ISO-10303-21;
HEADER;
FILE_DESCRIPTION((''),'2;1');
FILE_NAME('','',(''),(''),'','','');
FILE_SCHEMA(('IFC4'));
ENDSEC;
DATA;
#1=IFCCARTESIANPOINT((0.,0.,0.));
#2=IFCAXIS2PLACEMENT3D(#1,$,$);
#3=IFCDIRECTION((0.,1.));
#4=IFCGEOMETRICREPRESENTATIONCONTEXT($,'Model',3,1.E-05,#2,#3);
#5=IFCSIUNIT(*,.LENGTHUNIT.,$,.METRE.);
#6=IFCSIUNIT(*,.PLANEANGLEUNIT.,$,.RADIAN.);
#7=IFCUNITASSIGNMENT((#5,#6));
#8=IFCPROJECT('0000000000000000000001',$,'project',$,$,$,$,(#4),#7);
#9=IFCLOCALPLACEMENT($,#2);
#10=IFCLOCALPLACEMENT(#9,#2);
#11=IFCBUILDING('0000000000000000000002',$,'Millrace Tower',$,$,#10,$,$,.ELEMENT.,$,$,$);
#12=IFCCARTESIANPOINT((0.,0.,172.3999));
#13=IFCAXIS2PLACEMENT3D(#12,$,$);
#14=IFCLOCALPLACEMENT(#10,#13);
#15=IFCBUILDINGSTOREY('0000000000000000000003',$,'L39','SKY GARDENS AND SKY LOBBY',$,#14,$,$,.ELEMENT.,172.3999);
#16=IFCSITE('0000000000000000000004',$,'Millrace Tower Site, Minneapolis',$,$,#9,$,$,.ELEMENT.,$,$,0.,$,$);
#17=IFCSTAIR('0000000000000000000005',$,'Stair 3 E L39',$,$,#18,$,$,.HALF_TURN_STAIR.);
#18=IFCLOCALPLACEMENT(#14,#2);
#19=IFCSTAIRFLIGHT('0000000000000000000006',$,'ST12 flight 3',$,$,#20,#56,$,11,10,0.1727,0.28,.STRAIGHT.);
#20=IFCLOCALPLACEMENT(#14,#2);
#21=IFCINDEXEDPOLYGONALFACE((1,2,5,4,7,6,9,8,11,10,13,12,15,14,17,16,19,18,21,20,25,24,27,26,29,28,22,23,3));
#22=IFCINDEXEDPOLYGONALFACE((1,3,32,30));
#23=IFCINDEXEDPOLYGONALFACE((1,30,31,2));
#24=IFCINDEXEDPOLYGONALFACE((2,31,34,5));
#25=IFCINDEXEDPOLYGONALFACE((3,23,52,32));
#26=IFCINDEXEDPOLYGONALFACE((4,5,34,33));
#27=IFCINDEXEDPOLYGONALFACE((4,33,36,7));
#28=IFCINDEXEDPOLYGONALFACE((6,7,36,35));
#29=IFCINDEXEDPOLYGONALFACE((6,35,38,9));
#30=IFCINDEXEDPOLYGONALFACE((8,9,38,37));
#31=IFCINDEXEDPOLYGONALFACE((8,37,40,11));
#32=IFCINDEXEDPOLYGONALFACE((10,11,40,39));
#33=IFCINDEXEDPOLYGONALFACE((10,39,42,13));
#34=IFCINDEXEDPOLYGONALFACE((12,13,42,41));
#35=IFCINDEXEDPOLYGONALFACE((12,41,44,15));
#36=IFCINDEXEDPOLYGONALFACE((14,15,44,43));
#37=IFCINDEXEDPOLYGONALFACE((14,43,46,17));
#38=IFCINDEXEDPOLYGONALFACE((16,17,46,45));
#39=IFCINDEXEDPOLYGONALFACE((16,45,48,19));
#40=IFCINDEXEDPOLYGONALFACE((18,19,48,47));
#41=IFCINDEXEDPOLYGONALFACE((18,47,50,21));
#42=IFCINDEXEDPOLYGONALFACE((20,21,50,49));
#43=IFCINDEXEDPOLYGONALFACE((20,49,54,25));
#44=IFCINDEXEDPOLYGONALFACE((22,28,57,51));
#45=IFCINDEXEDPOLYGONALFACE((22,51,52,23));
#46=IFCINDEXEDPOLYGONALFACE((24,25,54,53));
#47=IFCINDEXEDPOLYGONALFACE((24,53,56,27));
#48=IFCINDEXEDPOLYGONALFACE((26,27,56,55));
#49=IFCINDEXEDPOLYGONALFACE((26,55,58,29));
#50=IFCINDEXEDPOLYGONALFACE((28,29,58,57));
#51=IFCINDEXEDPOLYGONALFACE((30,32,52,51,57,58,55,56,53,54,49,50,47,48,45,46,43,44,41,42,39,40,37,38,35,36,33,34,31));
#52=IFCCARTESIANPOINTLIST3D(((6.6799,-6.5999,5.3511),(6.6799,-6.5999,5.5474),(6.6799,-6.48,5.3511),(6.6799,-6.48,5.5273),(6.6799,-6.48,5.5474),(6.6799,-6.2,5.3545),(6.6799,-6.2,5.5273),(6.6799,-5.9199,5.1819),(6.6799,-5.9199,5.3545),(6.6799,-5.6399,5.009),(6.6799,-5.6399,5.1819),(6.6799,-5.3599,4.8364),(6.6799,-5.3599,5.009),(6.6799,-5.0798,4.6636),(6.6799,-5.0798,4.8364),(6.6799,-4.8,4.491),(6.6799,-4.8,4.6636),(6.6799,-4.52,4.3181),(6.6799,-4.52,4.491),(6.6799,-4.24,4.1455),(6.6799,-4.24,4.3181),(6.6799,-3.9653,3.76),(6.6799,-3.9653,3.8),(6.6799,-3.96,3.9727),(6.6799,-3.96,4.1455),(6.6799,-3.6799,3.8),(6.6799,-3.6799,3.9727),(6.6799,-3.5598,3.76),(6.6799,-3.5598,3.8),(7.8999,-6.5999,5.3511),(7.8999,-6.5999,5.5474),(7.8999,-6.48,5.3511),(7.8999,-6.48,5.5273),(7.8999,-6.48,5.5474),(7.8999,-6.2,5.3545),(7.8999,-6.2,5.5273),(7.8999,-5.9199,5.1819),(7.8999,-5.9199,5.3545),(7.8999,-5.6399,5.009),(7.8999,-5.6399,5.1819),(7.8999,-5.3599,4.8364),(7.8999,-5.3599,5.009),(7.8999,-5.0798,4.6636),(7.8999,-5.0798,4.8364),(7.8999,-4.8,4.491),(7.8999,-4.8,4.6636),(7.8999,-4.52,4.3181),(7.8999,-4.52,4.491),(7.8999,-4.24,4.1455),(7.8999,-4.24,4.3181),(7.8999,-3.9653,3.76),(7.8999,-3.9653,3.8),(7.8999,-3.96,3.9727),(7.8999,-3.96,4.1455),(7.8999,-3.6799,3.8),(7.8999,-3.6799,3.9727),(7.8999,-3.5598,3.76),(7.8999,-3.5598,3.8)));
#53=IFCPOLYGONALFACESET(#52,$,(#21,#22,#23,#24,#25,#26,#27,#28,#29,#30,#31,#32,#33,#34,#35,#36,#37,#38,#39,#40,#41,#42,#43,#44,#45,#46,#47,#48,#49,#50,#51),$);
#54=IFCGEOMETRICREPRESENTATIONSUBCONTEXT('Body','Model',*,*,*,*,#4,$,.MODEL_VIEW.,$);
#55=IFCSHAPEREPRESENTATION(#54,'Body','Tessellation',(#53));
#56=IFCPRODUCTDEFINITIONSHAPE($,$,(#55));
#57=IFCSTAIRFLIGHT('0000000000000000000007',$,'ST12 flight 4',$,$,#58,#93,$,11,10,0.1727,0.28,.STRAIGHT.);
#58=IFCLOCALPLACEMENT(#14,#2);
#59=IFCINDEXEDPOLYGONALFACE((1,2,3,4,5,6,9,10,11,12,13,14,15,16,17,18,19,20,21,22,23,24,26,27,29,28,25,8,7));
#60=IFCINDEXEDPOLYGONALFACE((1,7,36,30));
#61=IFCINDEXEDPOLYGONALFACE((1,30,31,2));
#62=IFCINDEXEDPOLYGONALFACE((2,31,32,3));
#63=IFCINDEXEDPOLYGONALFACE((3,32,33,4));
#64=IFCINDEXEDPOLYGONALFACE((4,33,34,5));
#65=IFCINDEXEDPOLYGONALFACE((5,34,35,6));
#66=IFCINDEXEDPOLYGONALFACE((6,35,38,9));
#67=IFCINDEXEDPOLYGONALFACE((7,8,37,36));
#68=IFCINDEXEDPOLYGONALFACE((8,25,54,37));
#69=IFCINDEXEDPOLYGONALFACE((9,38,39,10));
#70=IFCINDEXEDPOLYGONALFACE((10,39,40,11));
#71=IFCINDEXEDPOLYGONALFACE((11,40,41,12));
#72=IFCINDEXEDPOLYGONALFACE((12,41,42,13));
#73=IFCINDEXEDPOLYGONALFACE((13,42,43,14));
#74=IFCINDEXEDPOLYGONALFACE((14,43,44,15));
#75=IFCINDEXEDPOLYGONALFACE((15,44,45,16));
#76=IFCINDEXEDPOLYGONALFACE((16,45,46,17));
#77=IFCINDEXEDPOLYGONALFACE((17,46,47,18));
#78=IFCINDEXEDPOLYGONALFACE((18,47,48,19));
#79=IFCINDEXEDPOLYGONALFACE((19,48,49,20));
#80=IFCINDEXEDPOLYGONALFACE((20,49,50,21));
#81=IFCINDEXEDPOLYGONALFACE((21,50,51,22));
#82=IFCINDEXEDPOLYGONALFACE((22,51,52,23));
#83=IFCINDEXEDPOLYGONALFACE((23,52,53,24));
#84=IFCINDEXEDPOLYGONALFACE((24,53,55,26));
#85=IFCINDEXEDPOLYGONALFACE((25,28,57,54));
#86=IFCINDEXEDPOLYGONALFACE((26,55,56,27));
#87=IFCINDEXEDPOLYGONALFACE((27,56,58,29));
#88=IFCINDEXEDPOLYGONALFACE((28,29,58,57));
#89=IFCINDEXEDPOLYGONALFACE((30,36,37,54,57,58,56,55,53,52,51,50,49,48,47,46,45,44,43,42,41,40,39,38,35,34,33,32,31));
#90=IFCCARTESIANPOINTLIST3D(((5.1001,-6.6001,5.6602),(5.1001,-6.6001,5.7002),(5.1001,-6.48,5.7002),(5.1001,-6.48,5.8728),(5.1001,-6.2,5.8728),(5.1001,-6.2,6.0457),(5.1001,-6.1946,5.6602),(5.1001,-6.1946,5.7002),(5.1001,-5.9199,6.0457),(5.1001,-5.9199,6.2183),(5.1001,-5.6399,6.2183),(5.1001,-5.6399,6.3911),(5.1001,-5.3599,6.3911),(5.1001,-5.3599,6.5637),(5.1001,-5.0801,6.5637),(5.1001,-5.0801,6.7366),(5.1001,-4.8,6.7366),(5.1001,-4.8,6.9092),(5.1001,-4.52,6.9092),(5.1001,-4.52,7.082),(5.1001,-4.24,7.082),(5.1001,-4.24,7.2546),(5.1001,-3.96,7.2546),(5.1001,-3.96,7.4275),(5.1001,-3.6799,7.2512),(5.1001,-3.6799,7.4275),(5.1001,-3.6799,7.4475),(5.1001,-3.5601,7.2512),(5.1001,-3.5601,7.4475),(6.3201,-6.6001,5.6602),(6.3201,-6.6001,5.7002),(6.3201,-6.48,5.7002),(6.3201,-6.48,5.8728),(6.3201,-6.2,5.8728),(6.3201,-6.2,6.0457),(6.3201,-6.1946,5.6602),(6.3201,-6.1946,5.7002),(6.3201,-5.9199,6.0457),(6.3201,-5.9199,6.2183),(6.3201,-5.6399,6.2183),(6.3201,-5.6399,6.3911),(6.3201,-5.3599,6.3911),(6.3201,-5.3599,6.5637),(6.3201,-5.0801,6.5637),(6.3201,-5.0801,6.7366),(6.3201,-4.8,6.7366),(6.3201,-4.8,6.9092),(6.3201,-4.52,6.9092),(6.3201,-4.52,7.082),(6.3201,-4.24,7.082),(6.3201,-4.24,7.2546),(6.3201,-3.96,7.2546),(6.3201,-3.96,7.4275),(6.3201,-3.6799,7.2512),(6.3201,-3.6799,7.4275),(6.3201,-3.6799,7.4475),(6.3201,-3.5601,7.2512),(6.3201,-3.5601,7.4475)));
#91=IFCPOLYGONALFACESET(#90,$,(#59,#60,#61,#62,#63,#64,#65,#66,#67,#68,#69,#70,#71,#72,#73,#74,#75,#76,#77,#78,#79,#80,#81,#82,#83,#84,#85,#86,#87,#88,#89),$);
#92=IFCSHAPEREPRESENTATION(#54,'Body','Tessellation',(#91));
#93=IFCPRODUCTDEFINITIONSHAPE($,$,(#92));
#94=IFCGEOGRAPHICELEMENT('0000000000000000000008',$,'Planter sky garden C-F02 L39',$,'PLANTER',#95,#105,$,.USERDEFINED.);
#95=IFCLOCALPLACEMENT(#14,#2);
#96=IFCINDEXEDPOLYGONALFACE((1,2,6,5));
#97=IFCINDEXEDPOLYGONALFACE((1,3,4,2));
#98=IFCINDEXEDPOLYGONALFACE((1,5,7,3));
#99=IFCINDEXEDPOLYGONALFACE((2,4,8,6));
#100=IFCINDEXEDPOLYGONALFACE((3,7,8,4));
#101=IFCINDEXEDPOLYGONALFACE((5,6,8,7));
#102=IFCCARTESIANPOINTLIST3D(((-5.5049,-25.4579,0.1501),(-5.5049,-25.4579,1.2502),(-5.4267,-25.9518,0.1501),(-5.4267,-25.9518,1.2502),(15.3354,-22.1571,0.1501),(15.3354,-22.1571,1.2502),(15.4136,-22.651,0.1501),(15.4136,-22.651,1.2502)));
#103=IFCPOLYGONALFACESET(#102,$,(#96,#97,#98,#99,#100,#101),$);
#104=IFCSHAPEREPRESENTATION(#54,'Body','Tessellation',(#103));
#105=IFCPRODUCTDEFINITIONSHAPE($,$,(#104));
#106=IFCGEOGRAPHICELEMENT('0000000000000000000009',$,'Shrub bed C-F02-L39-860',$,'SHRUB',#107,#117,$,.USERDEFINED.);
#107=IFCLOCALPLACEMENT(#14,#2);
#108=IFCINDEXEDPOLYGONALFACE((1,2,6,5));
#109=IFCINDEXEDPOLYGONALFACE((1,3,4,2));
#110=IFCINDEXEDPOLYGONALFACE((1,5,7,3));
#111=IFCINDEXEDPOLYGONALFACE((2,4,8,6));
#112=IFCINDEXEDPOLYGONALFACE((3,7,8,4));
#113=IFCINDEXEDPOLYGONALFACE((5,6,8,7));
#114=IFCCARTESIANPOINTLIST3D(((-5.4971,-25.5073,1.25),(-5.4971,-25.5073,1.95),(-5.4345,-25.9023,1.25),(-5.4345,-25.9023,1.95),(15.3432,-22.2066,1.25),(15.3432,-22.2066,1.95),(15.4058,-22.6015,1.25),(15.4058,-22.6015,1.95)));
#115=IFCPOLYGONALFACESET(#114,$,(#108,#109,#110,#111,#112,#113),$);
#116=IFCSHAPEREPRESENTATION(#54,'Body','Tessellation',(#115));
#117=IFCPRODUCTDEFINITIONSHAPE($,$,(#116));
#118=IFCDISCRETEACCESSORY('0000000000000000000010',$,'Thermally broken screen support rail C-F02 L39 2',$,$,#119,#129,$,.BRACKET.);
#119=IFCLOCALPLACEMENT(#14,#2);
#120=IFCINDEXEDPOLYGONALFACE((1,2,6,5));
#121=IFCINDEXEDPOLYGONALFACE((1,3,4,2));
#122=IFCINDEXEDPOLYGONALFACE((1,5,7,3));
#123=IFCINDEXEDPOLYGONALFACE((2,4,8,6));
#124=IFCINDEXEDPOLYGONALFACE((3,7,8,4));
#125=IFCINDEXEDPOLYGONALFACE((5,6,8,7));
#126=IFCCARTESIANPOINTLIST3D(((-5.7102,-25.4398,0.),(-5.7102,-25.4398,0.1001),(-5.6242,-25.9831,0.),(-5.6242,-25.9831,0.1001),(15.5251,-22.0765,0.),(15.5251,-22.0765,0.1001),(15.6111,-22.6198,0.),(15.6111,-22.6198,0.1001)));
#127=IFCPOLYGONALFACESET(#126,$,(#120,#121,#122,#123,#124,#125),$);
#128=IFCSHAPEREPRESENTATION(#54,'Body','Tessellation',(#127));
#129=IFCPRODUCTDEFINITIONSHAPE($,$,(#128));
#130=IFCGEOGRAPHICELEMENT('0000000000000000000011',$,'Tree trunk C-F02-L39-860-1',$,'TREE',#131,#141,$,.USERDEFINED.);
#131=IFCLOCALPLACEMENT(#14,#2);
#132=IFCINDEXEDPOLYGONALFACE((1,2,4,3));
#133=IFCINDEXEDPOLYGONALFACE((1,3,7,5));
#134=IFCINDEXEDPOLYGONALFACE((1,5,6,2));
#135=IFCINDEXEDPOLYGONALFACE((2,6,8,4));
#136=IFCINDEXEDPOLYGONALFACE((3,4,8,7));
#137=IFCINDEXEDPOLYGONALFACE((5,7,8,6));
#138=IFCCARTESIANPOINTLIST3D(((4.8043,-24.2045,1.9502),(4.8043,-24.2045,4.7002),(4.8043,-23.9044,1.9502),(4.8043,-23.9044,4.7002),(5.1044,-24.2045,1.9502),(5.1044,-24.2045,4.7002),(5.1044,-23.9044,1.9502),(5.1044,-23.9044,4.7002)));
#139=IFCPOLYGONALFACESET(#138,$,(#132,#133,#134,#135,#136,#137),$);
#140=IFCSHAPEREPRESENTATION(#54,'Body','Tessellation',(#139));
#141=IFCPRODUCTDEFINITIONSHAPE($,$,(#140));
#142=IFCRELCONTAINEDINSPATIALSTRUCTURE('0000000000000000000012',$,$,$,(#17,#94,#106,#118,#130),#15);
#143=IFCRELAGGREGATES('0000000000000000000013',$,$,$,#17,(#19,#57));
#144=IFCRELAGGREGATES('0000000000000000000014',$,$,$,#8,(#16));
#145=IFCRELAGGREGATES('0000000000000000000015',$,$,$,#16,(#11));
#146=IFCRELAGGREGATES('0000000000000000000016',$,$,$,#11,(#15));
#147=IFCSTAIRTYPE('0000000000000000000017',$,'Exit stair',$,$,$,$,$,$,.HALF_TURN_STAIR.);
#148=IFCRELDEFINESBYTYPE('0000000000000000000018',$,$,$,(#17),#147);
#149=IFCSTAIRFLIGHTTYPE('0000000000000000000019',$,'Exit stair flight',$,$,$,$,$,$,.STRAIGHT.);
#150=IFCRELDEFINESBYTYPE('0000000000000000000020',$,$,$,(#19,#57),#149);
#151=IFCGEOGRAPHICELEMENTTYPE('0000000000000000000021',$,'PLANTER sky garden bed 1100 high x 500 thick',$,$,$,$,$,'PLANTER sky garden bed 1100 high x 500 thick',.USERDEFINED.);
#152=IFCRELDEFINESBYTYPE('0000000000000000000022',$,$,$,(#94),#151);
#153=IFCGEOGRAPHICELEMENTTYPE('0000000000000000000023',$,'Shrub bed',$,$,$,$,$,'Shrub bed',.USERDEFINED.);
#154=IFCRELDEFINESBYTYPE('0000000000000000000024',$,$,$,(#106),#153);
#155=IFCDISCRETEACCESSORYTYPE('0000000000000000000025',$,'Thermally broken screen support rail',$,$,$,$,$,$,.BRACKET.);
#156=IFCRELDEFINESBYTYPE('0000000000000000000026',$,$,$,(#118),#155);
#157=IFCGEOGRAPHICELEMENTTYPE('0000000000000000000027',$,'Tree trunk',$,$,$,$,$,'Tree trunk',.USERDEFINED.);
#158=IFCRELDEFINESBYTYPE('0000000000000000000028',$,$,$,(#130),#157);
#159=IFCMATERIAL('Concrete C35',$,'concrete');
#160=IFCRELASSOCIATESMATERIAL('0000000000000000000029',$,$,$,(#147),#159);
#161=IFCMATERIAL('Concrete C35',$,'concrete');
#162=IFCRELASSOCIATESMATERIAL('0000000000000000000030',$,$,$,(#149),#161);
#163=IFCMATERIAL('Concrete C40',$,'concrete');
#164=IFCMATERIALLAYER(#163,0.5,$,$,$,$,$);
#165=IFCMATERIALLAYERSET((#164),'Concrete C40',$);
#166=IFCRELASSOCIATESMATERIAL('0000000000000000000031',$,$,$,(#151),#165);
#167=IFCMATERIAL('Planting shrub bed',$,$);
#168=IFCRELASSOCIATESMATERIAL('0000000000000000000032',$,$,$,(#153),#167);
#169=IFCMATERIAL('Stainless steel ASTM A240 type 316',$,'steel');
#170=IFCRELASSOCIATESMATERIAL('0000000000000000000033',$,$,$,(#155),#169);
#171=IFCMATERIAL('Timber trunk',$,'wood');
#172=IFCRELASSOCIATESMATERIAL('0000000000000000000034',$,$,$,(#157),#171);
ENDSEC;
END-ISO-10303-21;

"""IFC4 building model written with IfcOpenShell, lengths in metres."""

from ifc_helpers import new_model, si_unit, direction, frame, origin, origin_2d, place, context, subcontext, project, spatial, polyline, rectangle, outline, extrude, material, layer, layer_set, type_object, element, aggregate, save


model = new_model("IFC4")

# Units and contexts
model_context = context("Model", 3, precision=1e-05, world=origin(), true_north=direction((0.0, 1.0)))
body_context = subcontext(model_context, "Body", "Model", "MODEL_VIEW")
ifc_project = project(units=[si_unit("LENGTHUNIT", "METRE"), si_unit("PLANEANGLEUNIT", "RADIAN")], contexts=[model_context])

# Site, building, storey
site_placement = place(None, origin())
site = spatial("IfcSite", under=ifc_project, at=site_placement, Name="Millrace Tower Site, Minneapolis", CompositionType="ELEMENT", RefElevation=0.0)
building_placement = place(site_placement, origin())
building = spatial("IfcBuilding", under=site, at=building_placement, Name="Millrace Tower", CompositionType="ELEMENT")
storey_placement = place(building_placement, frame((0.0, 0.0, 172.3999)))
storey = spatial("IfcBuildingStorey", under=building, at=storey_placement, Name="L39", Description="SKY GARDENS AND SKY LOBBY", CompositionType="ELEMENT", Elevation=172.3999)

# Shared definitions
placement = place(storey_placement, origin())

# Stair, stair flights
ifc_material_1 = material(Name="Concrete C35", Category="concrete")
stair_type = type_object("IfcStairType", Name="Exit stair", PredefinedType="HALF_TURN_STAIR", material=ifc_material_1)
ifc_material_2 = material(Name="Concrete C35", Category="concrete")
stair_flight_type = type_object("IfcStairFlightType", Name="Exit stair flight", PredefinedType="STRAIGHT", material=ifc_material_2)
stair_1 = element("IfcStair", 1, at=placement, inside=storey, type_object=stair_type, Name="Stair 3 E L39", PredefinedType="HALF_TURN_STAIR")
stair_flight_1_placement = place(storey_placement, frame((7.29, -3.6799, 3.8), z_axis=(0.0, 0.0, 1.0), x_axis=(0.0, -1.0, 0.0)))
stair_flight_1 = element("IfcStairFlight", 2, at=stair_flight_1_placement, type_object=stair_flight_type, Name="ST12 flight 3", NumberOfRisers=11, NumberOfTreads=10, PredefinedType="STRAIGHT", RiserHeight=0.1727, TreadLength=0.28, context=body_context, shape_type="SweptSolid", body=[
    extrude(outline(polyline([(-0.1201, -0.04), (-0.1201, 0.0), (0.0, 0.0), (0.0, 0.1726), (0.28, 0.1726), (0.28, 0.3455), (0.5601, 0.3455), (0.5601, 0.5181), (0.8401, 0.5181), (0.8401, 0.6909), (1.1201, 0.6909), (1.1201, 0.8635), (1.3999, 0.8635), (1.3999, 1.0364), (1.6799, 1.0364), (1.6799, 1.209), (1.96, 1.209), (1.96, 1.3818), (2.24, 1.3818), (2.24, 1.5544), (2.52, 1.5544), (2.52, 1.7273), (2.8, 1.7273), (2.8, 1.7473), (2.9199, 1.7473), (2.9199, 1.551), (2.8, 1.551), (0.2854, 0.0), (0.2854, -0.04), (-0.1201, -0.04)])), frame((0.0, 0.6099, 0.0), z_axis=(0.0, -1.0, 0.0), x_axis=(1.0, 0.0, 0.0)), (0.0, 0.0, 1.0), 1.22),
])
stair_flight_2_placement = place(storey_placement, frame((5.71, -6.48, 5.7002), z_axis=(0.0, 0.0, 1.0), x_axis=(0.0, 1.0, 0.0)))
stair_flight_2 = element("IfcStairFlight", 3, at=stair_flight_2_placement, type_object=stair_flight_type, Name="ST12 flight 4", NumberOfRisers=11, NumberOfTreads=10, PredefinedType="STRAIGHT", RiserHeight=0.1727, TreadLength=0.28, context=body_context, shape_type="SweptSolid", body=[
    extrude(outline(polyline([(-0.1201, -0.04), (-0.1201, 0.0), (0.0, 0.0), (0.0, 0.1726), (0.28, 0.1726), (0.28, 0.3455), (0.5601, 0.3455), (0.5601, 0.5181), (0.8401, 0.5181), (0.8401, 0.6909), (1.1201, 0.6909), (1.1201, 0.8635), (1.3999, 0.8635), (1.3999, 1.0364), (1.6799, 1.0364), (1.6799, 1.209), (1.96, 1.209), (1.96, 1.3818), (2.24, 1.3818), (2.24, 1.5544), (2.52, 1.5544), (2.52, 1.7273), (2.8, 1.7273), (2.8, 1.7473), (2.9199, 1.7473), (2.9199, 1.551), (2.8, 1.551), (0.2854, 0.0), (0.2854, -0.04), (-0.1201, -0.04)])), frame((0.0, 0.6099, 0.0), z_axis=(0.0, -1.0, 0.0), x_axis=(1.0, 0.0, 0.0)), (0.0, 0.0, 1.0), 1.22),
])
aggregate(stair_1, [stair_flight_1, stair_flight_2])

# Geographic elements
ifc_material_3 = material(Name="Concrete C40", Category="concrete")
ifc_layer_1 = layer(ifc_material_3, 0.5)
ifc_layer_set_1 = layer_set([ifc_layer_1], Name="Concrete C40")
geographic_element_type_1 = type_object("IfcGeographicElementType", Name="PLANTER sky garden bed 1100 high x 500 thick", ElementType="PLANTER sky garden bed 1100 high x 500 thick", PredefinedType="USERDEFINED", material=ifc_layer_set_1)
geographic_element_1_placement = place(storey_placement, frame((4.9543, -24.0544, 0.1501), z_axis=(0.0, 0.0, 1.0), x_axis=(0.987688, 0.156434, 0.0)))
element("IfcGeographicElement", 4, at=geographic_element_1_placement, inside=storey, type_object=geographic_element_type_1, Name="Planter sky garden C-F02 L39", ObjectType="PLANTER", PredefinedType="USERDEFINED", context=body_context, shape_type="SweptSolid", body=[
    extrude(rectangle(XDim=21.1001, YDim=0.5, at=origin_2d()), origin(), (0.0, 0.0, 1.0), 1.1001),
])
ifc_material_4 = material(Name="Planting shrub bed")
geographic_element_type_2 = type_object("IfcGeographicElementType", Name="Shrub bed", ElementType="Shrub bed", PredefinedType="USERDEFINED", material=ifc_material_4)
geographic_element_2_placement = place(storey_placement, frame((4.9543, -24.0544, 1.25), z_axis=(0.0, 0.0, 1.0), x_axis=(0.987688, 0.156434, 0.0)))
element("IfcGeographicElement", 5, at=geographic_element_2_placement, inside=storey, type_object=geographic_element_type_2, Name="Shrub bed C-F02-L39-860", ObjectType="SHRUB", PredefinedType="USERDEFINED", context=body_context, shape_type="SweptSolid", body=[
    extrude(rectangle(XDim=21.1001, YDim=0.3999, at=origin_2d()), origin(), (0.0, 0.0, 1.0), 0.7),
])

# Discrete accessory
ifc_material_5 = material(Name="Stainless steel ASTM A240 type 316", Category="steel")
discrete_accessory_type = type_object("IfcDiscreteAccessoryType", Name="Thermally broken screen support rail", PredefinedType="BRACKET", material=ifc_material_5)
discrete_accessory_placement = place(storey_placement, frame((4.9504, -24.0298, 0.0), z_axis=(0.0, 0.0, 1.0), x_axis=(0.987688, 0.156434, 0.0)))
element("IfcDiscreteAccessory", 6, at=discrete_accessory_placement, inside=storey, type_object=discrete_accessory_type, Name="Thermally broken screen support rail C-F02 L39 2", PredefinedType="BRACKET", context=body_context, shape_type="SweptSolid", body=[
    extrude(rectangle(XDim=21.5, YDim=0.55, at=origin_2d()), origin(), (0.0, 0.0, 1.0), 0.1001),
])

# Geographic element
ifc_material_6 = material(Name="Timber trunk", Category="wood")
geographic_element_type_3 = type_object("IfcGeographicElementType", Name="Tree trunk", ElementType="Tree trunk", PredefinedType="USERDEFINED", material=ifc_material_6)
geographic_element_3_placement = place(storey_placement, frame((4.9543, -24.0544, 1.9502), z_axis=(0.0, 0.0, 1.0), x_axis=(1.0, 0.0, 0.0)))
element("IfcGeographicElement", 7, at=geographic_element_3_placement, inside=storey, type_object=geographic_element_type_3, Name="Tree trunk C-F02-L39-860-1", ObjectType="TREE", PredefinedType="USERDEFINED", context=body_context, shape_type="SweptSolid", body=[
    extrude(rectangle(XDim=0.3, YDim=0.3, at=origin_2d()), origin(), (0.0, 0.0, 1.0), 2.75),
])

save(model, "model.ifc")
